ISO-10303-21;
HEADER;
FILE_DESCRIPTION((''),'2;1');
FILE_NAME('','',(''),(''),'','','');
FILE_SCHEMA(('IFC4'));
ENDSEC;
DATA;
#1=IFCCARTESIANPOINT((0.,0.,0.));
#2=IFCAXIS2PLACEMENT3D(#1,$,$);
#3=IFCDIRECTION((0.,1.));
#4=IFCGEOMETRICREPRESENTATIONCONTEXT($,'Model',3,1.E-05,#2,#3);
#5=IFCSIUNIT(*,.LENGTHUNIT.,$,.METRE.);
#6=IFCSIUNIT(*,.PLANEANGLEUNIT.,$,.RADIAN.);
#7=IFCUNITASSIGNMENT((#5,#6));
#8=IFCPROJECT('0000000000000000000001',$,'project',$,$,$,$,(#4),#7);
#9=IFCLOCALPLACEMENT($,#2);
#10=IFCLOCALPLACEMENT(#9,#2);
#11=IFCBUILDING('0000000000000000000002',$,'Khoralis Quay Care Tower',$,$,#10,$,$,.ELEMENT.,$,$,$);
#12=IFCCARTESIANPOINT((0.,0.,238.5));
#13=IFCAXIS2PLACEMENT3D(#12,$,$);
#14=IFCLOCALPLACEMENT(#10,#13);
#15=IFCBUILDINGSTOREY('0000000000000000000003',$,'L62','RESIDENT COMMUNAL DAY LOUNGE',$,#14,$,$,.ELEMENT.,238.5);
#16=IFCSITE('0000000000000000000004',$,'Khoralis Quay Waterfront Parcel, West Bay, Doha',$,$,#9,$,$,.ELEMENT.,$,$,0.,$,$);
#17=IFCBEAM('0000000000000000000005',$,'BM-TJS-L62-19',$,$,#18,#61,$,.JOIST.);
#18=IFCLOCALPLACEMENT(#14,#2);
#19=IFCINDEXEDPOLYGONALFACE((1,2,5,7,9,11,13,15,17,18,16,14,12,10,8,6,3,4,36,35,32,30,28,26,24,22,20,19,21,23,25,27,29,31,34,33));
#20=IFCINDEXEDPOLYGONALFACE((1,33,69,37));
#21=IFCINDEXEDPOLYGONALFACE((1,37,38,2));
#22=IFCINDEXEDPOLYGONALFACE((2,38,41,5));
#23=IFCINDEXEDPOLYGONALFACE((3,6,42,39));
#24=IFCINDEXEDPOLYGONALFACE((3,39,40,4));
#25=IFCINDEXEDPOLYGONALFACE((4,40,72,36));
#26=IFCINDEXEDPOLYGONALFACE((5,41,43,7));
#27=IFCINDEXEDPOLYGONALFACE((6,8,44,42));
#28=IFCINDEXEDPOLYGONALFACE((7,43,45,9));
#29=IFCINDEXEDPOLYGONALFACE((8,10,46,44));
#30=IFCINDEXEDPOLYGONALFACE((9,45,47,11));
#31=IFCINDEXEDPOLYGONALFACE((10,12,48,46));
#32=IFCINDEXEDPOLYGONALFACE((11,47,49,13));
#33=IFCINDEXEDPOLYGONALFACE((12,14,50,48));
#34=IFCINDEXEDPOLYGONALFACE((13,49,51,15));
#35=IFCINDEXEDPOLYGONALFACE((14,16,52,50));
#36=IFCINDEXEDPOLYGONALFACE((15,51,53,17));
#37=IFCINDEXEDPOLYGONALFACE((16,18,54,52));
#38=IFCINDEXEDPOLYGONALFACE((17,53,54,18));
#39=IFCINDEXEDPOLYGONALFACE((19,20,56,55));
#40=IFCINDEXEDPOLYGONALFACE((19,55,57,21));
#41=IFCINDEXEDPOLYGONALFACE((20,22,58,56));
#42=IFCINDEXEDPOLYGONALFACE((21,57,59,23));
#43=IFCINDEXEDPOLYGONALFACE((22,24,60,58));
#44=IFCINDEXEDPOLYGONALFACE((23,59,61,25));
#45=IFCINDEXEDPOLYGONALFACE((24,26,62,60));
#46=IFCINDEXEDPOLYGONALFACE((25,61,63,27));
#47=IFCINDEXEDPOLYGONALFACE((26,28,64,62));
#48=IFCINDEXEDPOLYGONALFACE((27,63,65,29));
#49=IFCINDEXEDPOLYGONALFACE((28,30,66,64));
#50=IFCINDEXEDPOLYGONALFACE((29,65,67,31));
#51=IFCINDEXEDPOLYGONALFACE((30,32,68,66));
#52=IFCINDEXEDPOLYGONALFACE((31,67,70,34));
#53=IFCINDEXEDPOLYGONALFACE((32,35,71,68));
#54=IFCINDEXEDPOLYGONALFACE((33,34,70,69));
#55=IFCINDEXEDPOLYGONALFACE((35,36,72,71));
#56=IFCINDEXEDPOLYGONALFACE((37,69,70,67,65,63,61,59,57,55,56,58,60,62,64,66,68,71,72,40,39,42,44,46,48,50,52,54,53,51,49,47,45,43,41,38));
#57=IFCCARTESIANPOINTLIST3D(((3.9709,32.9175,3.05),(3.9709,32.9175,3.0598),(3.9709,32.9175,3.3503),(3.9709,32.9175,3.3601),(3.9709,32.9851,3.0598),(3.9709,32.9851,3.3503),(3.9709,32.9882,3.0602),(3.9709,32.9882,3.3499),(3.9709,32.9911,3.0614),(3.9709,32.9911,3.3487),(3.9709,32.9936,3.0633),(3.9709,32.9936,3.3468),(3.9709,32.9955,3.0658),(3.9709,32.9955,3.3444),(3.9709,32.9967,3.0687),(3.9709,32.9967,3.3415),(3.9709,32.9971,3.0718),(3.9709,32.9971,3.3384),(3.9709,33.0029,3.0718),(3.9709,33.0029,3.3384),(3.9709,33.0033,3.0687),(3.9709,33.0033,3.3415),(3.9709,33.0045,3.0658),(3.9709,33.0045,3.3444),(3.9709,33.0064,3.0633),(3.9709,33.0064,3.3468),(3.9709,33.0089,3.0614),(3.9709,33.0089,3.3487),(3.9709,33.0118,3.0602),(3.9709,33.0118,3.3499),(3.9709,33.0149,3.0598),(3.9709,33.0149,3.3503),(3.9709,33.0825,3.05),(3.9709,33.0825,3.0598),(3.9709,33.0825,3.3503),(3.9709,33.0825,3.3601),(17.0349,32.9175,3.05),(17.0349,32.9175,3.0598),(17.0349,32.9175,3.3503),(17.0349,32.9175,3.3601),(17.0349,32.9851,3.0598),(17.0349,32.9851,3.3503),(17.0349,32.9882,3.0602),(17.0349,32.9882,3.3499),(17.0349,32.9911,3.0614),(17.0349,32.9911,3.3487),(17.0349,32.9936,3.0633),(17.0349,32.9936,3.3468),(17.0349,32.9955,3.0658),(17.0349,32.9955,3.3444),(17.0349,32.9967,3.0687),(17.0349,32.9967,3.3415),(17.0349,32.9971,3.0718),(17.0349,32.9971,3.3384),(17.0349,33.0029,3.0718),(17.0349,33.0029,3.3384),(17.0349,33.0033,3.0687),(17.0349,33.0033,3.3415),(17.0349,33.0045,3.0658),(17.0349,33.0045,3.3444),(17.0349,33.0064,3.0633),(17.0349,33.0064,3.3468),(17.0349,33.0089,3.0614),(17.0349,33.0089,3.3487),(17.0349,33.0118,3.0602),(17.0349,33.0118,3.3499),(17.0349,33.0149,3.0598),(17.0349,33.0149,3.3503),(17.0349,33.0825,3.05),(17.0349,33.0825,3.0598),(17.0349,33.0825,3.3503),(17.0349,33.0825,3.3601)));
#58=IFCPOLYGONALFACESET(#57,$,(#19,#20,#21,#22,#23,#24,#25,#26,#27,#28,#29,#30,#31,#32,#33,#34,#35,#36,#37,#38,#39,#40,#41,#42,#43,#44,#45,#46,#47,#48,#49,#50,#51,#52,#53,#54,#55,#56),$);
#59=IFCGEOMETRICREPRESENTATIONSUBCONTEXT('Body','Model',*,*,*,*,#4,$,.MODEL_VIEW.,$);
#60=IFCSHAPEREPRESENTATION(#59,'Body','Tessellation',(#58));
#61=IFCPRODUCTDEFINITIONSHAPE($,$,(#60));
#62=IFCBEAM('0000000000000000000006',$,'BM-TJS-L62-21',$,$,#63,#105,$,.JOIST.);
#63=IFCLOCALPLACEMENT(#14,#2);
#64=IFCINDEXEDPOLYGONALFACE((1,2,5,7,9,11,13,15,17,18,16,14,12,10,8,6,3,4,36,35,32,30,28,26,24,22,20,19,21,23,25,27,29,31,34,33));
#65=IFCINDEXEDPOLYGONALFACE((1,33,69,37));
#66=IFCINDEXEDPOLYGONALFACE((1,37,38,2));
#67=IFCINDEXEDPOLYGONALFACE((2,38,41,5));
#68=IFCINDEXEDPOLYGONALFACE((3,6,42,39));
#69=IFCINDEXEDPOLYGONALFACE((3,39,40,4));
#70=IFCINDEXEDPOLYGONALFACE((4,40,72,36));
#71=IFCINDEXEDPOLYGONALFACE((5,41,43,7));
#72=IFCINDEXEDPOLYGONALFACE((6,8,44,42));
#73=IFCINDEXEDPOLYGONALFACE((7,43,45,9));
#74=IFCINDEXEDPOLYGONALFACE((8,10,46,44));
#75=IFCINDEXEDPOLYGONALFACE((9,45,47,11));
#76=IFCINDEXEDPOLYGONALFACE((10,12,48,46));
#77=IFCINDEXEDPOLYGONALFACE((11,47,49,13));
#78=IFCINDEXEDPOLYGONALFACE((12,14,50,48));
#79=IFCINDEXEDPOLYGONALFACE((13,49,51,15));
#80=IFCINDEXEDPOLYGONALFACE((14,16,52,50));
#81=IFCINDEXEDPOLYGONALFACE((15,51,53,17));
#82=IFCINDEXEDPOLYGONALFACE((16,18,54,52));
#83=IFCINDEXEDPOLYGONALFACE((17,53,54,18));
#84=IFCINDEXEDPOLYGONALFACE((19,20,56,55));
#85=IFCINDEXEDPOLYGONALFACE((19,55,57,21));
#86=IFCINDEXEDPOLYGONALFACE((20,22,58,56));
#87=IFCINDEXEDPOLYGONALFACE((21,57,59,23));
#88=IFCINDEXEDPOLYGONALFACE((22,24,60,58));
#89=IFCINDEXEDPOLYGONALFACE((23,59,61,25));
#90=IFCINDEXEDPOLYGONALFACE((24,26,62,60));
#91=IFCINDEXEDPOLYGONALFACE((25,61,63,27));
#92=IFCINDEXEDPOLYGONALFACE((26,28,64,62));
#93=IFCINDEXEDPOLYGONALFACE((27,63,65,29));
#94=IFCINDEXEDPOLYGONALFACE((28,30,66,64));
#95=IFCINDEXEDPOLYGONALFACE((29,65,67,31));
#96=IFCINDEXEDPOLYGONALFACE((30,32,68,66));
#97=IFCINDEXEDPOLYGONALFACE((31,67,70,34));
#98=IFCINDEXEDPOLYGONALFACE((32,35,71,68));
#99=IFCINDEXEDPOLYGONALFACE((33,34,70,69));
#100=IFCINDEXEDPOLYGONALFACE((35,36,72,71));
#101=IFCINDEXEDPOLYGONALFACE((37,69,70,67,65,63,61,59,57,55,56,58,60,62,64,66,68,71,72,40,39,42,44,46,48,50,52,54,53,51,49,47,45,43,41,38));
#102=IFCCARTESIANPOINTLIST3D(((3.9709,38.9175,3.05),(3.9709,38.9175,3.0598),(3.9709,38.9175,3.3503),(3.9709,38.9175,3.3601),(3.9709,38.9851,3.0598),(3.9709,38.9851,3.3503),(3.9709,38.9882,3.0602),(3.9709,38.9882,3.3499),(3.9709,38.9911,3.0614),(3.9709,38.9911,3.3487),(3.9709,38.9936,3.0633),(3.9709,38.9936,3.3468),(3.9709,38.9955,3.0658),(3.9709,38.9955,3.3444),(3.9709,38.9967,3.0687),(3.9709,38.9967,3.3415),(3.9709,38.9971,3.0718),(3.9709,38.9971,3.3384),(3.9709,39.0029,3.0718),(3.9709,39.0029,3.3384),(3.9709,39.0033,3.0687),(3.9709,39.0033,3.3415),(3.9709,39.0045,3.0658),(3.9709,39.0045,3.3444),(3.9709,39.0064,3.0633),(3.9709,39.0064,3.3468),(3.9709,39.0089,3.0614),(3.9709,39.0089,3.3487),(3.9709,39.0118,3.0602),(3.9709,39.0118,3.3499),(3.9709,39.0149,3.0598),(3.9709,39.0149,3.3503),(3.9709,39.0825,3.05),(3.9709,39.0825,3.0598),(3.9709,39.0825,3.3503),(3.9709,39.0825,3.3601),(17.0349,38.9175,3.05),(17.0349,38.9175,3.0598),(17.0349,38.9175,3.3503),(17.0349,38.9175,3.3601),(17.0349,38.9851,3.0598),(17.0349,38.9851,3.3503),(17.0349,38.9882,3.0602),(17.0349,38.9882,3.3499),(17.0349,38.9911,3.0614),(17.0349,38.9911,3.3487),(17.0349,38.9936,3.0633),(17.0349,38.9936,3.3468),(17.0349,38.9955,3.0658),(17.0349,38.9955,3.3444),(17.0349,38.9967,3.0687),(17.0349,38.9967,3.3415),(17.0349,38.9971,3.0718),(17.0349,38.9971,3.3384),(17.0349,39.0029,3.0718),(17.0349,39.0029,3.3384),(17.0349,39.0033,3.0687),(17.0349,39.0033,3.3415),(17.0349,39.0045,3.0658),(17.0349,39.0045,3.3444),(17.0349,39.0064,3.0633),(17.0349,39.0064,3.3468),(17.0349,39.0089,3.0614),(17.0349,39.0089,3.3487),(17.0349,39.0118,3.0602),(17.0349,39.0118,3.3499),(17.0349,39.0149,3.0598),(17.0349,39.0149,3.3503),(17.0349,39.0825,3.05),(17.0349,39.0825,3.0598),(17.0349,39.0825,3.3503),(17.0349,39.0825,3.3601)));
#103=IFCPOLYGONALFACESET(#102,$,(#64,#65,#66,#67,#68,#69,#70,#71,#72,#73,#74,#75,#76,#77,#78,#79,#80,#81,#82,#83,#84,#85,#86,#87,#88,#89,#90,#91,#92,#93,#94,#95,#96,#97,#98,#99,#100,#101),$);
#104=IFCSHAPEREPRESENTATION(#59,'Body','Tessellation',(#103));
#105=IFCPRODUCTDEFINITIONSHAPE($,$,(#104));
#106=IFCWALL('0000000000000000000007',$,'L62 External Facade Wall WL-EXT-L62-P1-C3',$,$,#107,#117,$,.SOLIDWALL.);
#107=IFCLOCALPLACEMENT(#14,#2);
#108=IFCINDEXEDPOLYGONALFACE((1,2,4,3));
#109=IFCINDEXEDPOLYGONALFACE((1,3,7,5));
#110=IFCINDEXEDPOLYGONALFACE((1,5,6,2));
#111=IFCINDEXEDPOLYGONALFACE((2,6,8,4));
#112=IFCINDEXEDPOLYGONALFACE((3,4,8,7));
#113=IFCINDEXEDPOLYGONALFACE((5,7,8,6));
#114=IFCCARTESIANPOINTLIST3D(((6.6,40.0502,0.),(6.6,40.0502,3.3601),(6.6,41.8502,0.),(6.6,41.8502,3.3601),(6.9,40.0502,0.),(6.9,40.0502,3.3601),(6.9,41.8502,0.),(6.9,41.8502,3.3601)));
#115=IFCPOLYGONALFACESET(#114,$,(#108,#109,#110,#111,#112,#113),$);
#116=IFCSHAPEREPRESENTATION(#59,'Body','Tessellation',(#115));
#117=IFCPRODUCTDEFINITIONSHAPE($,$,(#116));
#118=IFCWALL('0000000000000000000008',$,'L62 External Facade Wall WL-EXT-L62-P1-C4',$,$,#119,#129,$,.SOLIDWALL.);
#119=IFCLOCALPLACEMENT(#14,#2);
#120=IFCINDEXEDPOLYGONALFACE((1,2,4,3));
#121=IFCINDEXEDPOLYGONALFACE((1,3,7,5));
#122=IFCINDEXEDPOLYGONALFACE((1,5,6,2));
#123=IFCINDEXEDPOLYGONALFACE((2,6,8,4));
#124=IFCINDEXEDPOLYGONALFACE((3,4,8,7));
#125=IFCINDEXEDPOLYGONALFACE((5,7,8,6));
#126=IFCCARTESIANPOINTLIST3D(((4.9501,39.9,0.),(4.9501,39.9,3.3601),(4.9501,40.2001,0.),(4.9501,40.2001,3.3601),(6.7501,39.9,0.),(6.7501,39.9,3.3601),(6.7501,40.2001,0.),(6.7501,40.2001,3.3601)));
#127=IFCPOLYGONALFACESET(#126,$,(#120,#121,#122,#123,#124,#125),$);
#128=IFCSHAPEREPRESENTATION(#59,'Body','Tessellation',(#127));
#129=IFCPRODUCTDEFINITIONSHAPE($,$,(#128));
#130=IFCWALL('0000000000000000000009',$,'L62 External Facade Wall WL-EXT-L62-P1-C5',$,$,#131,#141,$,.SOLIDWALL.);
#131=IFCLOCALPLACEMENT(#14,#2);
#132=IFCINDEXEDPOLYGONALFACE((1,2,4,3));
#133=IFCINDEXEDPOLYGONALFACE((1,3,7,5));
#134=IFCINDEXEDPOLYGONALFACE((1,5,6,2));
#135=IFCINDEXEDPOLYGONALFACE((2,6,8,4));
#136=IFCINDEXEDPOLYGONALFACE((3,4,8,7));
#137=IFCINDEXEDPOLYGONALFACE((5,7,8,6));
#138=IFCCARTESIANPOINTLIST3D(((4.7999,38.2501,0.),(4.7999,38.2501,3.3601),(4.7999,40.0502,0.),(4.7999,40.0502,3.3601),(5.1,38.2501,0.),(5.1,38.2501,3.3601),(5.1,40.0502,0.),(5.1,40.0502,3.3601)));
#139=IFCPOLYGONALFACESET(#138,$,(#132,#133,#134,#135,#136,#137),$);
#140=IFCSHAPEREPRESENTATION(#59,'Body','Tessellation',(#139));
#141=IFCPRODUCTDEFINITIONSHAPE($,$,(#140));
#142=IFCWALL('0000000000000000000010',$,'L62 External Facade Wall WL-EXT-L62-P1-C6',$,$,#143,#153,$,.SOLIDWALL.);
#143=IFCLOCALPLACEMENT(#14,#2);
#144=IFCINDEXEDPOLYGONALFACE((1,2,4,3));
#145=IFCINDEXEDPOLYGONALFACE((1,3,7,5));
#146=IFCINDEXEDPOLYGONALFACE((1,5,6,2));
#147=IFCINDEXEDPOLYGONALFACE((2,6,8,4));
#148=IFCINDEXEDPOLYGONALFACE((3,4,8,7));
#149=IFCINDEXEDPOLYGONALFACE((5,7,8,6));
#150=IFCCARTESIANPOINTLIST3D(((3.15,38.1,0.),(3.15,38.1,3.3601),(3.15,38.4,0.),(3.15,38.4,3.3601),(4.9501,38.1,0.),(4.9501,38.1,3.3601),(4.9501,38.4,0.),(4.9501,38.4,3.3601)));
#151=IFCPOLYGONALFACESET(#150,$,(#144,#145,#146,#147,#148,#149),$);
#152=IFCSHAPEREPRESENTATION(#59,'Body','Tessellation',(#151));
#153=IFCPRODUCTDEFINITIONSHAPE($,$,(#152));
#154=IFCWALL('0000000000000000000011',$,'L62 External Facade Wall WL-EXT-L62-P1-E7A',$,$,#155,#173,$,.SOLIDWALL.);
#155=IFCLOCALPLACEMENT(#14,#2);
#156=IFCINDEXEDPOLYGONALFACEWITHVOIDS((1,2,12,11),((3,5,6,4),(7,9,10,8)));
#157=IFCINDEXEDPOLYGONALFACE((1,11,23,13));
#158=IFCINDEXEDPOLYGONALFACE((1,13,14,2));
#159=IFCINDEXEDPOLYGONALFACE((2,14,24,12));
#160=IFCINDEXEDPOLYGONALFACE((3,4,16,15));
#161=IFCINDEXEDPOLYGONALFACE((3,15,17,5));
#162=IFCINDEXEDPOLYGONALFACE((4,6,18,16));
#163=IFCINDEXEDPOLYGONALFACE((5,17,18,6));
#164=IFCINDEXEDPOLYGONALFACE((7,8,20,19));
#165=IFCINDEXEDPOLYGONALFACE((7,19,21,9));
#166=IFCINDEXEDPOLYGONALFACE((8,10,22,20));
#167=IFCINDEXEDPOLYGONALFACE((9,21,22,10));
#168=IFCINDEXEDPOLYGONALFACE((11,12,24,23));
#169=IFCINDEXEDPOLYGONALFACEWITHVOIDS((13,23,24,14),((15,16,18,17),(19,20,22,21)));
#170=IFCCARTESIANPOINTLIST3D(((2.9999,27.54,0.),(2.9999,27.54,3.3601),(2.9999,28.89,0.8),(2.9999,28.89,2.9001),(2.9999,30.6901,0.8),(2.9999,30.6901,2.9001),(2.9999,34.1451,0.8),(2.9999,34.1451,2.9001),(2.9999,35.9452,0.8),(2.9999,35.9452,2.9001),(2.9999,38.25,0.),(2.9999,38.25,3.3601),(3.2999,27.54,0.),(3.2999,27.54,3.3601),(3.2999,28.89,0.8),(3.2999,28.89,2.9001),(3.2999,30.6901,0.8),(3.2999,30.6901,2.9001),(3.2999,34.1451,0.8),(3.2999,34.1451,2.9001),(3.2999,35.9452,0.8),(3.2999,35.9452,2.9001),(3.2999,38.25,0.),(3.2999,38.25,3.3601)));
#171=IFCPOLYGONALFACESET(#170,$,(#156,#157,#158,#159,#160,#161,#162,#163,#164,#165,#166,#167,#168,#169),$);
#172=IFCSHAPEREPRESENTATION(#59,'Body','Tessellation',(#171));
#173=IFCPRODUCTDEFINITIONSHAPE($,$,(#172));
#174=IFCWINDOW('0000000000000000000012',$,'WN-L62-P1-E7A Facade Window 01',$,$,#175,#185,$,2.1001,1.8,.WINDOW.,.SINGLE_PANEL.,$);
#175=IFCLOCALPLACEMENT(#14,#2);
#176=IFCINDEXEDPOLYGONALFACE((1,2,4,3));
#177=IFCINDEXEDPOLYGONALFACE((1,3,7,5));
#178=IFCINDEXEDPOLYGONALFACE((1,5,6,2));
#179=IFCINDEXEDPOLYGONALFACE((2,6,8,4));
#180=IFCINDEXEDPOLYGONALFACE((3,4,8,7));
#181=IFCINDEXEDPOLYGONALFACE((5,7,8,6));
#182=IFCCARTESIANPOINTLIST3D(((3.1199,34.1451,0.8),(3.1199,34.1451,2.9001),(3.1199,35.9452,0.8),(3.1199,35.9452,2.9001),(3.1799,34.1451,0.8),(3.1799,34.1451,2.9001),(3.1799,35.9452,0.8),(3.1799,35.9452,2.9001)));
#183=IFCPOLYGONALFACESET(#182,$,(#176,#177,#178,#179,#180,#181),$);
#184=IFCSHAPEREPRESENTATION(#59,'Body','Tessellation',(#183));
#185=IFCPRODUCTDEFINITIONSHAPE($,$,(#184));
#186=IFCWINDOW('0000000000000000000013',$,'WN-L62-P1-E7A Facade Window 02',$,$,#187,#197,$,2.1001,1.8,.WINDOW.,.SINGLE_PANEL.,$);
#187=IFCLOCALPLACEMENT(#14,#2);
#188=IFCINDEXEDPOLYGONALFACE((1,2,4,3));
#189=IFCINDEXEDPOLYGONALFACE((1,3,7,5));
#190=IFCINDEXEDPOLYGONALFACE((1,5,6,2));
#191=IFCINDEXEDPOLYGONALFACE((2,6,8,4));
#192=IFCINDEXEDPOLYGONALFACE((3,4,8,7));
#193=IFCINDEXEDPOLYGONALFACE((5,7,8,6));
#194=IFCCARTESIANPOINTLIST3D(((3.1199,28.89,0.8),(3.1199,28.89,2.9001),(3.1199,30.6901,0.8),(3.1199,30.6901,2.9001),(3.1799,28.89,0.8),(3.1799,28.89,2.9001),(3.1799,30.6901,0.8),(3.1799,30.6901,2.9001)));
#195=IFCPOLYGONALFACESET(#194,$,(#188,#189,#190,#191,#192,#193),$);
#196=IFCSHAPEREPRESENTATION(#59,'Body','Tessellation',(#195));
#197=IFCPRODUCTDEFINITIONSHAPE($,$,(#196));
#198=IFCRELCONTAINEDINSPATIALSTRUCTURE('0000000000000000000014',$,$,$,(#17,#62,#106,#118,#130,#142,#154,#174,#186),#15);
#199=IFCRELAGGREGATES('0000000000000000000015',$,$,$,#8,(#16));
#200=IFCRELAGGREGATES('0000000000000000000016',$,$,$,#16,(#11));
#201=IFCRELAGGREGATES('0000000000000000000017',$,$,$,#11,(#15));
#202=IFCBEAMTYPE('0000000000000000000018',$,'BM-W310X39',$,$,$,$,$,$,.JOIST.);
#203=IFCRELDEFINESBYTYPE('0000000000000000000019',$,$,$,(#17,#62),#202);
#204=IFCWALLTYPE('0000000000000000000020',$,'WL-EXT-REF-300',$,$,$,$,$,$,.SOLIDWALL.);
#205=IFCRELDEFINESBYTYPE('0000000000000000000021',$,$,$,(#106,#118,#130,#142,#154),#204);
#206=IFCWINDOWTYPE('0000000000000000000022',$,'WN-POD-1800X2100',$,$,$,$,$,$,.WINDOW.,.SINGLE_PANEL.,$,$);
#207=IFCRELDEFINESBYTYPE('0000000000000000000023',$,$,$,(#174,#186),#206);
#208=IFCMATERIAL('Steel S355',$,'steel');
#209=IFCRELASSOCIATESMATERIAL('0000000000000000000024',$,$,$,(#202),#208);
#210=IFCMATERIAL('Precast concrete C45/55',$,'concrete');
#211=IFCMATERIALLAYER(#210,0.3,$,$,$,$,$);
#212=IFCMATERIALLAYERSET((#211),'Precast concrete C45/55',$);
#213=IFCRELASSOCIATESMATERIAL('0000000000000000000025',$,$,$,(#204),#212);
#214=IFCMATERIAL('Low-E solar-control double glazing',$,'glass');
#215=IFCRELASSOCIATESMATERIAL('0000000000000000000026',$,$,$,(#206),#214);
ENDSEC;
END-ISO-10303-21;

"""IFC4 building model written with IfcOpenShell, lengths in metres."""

from ifc_helpers import new_model, si_unit, direction, frame, frame_2d, origin, origin_2d, place, context, subcontext, project, spatial, rectangle, i_section, extrude, source, transform, mapped, material, layer, layer_set, material_profile, profile_set, type_object, element, fill, save


model = new_model("IFC4")

# Units and contexts
model_context = context("Model", 3, precision=1e-05, world=origin(), true_north=direction((0.0, 1.0)))
body_context = subcontext(model_context, "Body", "Model", "MODEL_VIEW")
ifc_project = project(units=[si_unit("LENGTHUNIT", "METRE"), si_unit("PLANEANGLEUNIT", "RADIAN")], contexts=[model_context])

# Site, building, storey
site_placement = place(None, origin())
site = spatial("IfcSite", under=ifc_project, at=site_placement, Name="Khoralis Quay Waterfront Parcel, West Bay, Doha", CompositionType="ELEMENT", RefElevation=0.0)
building_placement = place(site_placement, origin())
building = spatial("IfcBuilding", under=site, at=building_placement, Name="Khoralis Quay Care Tower", CompositionType="ELEMENT")
storey_placement = place(building_placement, frame((0.0, 0.0, 238.5)))
storey = spatial("IfcBuildingStorey", under=building, at=storey_placement, Name="L62", Description="RESIDENT COMMUNAL DAY LOUNGE", CompositionType="ELEMENT", Elevation=238.5)

# Beams
ifc_material_1 = material(Name="Steel S355", Category="steel")
ifc_material_profile_1 = material_profile(ifc_material_1, i_section(OverallWidth=0.165, OverallDepth=0.3101, WebThickness=0.0059, FlangeThickness=0.0098, FilletRadius=0.012, at=origin_2d()), Name="Steel S355")
ifc_profile_set_1 = profile_set([ifc_material_profile_1], Name="Steel S355")
beam_type_1 = type_object("IfcBeamType", Name="BM-W310X39", PredefinedType="JOIST", material=ifc_profile_set_1)
shared_shape_1 = source(origin(), body_context, "Body", "SweptSolid", [
    extrude(i_section(OverallWidth=0.165, OverallDepth=0.3101, WebThickness=0.0059, FlangeThickness=0.0098, FilletRadius=0.012, at=origin_2d()), origin(), (0.0, 0.0, 1.0), 13.064),
])
for number, where, z_axis, x_axis, name in (
    (1, (3.9709, 33.0, 3.2051), (1.0, 0.0, 0.0), (0.0, 1.0, 0.0), "BM-TJS-L62-19"),
    (2, (3.9709, 39.0, 3.2051), (1.0, 0.0, 0.0), (0.0, 1.0, 0.0), "BM-TJS-L62-21"),
):
    element("IfcBeam", number, at=place(storey_placement, frame(where, z_axis=z_axis, x_axis=x_axis)), inside=storey, type_object=beam_type_1, Name=name, PredefinedType="JOIST", context=body_context, shape_type="MappedRepresentation", body=[
        mapped(shared_shape_1, transform((0.0, 0.0, 0.0), scale=1.0)),
    ])

# Walls
ifc_material_2 = material(Name="Precast concrete C45/55", Category="concrete")
ifc_layer_1 = layer(ifc_material_2, 0.3)
ifc_layer_set_1 = layer_set([ifc_layer_1], Name="Precast concrete C45/55")
wall_type_1 = type_object("IfcWallType", Name="WL-EXT-REF-300", PredefinedType="SOLIDWALL", material=ifc_layer_set_1)
for number, where, z_axis, x_axis, name in (
    (3, (6.75, 41.8501, 0.0), (0.0, 0.0, 1.0), (0.0, -1.0, 0.0), "L62 External Facade Wall WL-EXT-L62-P1-C3"),
    (4, (6.75, 40.05, 0.0), (0.0, 0.0, 1.0), (-1.0, 0.0, 0.0), "L62 External Facade Wall WL-EXT-L62-P1-C4"),
    (5, (4.95, 40.05, 0.0), (0.0, 0.0, 1.0), (0.0, -1.0, 0.0), "L62 External Facade Wall WL-EXT-L62-P1-C5"),
    (6, (4.95, 38.25, 0.0), (0.0, 0.0, 1.0), (-1.0, 0.0, 0.0), "L62 External Facade Wall WL-EXT-L62-P1-C6"),
):
    element("IfcWall", number, at=place(storey_placement, frame(where, z_axis=z_axis, x_axis=x_axis)), inside=storey, type_object=wall_type_1, Name=name, PredefinedType="SOLIDWALL", context=body_context, shape_type="SweptSolid", body=[
        extrude(rectangle(XDim=1.8, YDim=0.3, at=frame_2d((0.8999, 0.0))), origin(), (0.0, 0.0, 1.0), 3.3601),
    ])

# Wall, openings, windows
wall_1_placement = place(storey_placement, frame((3.1499, 38.25, 0.0), z_axis=(0.0, 0.0, 1.0), x_axis=(0.0, -1.0, 0.0)))
wall_1 = element("IfcWall", 7, at=wall_1_placement, inside=storey, type_object=wall_type_1, Name="L62 External Facade Wall WL-EXT-L62-P1-E7A", PredefinedType="SOLIDWALL", context=body_context, shape_type="SweptSolid", body=[
    extrude(rectangle(XDim=10.71, YDim=0.3, at=frame_2d((5.355, 0.0))), origin(), (0.0, 0.0, 1.0), 3.3601),
])
opening_1_placement = place(wall_1_placement, frame((2.3049, 0.0, 0.8)))
opening_1 = element("IfcOpeningElement", 8, at=opening_1_placement, cuts=wall_1, PredefinedType="OPENING", context=body_context, shape_type="SweptSolid", body=[
    extrude(rectangle(XDim=1.8, YDim=2.1001, at=frame_2d((0.8999, 1.05))), frame((0.0, 0.1602, 0.0), z_axis=(0.0, -1.0, 0.0), x_axis=(1.0, 0.0, 0.0)), (0.0, 0.0, 1.0), 0.3201),
])
opening_2_placement = place(wall_1_placement, frame((7.5601, 0.0, 0.8)))
opening_2 = element("IfcOpeningElement", 9, at=opening_2_placement, cuts=wall_1, PredefinedType="OPENING", context=body_context, shape_type="SweptSolid", body=[
    extrude(rectangle(XDim=1.8, YDim=2.1001, at=frame_2d((0.8999, 1.05))), frame((0.0, 0.1602, 0.0), z_axis=(0.0, -1.0, 0.0), x_axis=(1.0, 0.0, 0.0)), (0.0, 0.0, 1.0), 0.3201),
])
ifc_material_3 = material(Name="Low-E solar-control double glazing", Category="glass")
window_type = type_object("IfcWindowType", Name="WN-POD-1800X2100", PartitioningType="SINGLE_PANEL", PredefinedType="WINDOW", material=ifc_material_3)
shared_shape_2 = source(origin(), body_context, "Body", "SweptSolid", [
    extrude(rectangle(XDim=1.8, YDim=2.1001, at=frame_2d((0.8999, 1.05))), frame((0.0, 0.03, 0.0), z_axis=(0.0, -1.0, 0.0), x_axis=(1.0, 0.0, 0.0)), (0.0, 0.0, 1.0), 0.0601),
])
window_1_placement = place(opening_1_placement, origin())
window_1 = element("IfcWindow", 10, at=window_1_placement, inside=storey, type_object=window_type, Name="WN-L62-P1-E7A Facade Window 01", OverallHeight=2.1001, OverallWidth=1.8, PartitioningType="SINGLE_PANEL", PredefinedType="WINDOW", context=body_context, shape_type="MappedRepresentation", body=[
    mapped(shared_shape_2, transform((0.0, 0.0, 0.0), scale=1.0)),
])
fill(opening_1, window_1)
window_2_placement = place(opening_2_placement, origin())
window_2 = element("IfcWindow", 11, at=window_2_placement, inside=storey, type_object=window_type, Name="WN-L62-P1-E7A Facade Window 02", OverallHeight=2.1001, OverallWidth=1.8, PartitioningType="SINGLE_PANEL", PredefinedType="WINDOW", context=body_context, shape_type="MappedRepresentation", body=[
    mapped(shared_shape_2, transform((0.0, 0.0, 0.0), scale=1.0)),
])
fill(opening_2, window_2)

save(model, "model.ifc")
